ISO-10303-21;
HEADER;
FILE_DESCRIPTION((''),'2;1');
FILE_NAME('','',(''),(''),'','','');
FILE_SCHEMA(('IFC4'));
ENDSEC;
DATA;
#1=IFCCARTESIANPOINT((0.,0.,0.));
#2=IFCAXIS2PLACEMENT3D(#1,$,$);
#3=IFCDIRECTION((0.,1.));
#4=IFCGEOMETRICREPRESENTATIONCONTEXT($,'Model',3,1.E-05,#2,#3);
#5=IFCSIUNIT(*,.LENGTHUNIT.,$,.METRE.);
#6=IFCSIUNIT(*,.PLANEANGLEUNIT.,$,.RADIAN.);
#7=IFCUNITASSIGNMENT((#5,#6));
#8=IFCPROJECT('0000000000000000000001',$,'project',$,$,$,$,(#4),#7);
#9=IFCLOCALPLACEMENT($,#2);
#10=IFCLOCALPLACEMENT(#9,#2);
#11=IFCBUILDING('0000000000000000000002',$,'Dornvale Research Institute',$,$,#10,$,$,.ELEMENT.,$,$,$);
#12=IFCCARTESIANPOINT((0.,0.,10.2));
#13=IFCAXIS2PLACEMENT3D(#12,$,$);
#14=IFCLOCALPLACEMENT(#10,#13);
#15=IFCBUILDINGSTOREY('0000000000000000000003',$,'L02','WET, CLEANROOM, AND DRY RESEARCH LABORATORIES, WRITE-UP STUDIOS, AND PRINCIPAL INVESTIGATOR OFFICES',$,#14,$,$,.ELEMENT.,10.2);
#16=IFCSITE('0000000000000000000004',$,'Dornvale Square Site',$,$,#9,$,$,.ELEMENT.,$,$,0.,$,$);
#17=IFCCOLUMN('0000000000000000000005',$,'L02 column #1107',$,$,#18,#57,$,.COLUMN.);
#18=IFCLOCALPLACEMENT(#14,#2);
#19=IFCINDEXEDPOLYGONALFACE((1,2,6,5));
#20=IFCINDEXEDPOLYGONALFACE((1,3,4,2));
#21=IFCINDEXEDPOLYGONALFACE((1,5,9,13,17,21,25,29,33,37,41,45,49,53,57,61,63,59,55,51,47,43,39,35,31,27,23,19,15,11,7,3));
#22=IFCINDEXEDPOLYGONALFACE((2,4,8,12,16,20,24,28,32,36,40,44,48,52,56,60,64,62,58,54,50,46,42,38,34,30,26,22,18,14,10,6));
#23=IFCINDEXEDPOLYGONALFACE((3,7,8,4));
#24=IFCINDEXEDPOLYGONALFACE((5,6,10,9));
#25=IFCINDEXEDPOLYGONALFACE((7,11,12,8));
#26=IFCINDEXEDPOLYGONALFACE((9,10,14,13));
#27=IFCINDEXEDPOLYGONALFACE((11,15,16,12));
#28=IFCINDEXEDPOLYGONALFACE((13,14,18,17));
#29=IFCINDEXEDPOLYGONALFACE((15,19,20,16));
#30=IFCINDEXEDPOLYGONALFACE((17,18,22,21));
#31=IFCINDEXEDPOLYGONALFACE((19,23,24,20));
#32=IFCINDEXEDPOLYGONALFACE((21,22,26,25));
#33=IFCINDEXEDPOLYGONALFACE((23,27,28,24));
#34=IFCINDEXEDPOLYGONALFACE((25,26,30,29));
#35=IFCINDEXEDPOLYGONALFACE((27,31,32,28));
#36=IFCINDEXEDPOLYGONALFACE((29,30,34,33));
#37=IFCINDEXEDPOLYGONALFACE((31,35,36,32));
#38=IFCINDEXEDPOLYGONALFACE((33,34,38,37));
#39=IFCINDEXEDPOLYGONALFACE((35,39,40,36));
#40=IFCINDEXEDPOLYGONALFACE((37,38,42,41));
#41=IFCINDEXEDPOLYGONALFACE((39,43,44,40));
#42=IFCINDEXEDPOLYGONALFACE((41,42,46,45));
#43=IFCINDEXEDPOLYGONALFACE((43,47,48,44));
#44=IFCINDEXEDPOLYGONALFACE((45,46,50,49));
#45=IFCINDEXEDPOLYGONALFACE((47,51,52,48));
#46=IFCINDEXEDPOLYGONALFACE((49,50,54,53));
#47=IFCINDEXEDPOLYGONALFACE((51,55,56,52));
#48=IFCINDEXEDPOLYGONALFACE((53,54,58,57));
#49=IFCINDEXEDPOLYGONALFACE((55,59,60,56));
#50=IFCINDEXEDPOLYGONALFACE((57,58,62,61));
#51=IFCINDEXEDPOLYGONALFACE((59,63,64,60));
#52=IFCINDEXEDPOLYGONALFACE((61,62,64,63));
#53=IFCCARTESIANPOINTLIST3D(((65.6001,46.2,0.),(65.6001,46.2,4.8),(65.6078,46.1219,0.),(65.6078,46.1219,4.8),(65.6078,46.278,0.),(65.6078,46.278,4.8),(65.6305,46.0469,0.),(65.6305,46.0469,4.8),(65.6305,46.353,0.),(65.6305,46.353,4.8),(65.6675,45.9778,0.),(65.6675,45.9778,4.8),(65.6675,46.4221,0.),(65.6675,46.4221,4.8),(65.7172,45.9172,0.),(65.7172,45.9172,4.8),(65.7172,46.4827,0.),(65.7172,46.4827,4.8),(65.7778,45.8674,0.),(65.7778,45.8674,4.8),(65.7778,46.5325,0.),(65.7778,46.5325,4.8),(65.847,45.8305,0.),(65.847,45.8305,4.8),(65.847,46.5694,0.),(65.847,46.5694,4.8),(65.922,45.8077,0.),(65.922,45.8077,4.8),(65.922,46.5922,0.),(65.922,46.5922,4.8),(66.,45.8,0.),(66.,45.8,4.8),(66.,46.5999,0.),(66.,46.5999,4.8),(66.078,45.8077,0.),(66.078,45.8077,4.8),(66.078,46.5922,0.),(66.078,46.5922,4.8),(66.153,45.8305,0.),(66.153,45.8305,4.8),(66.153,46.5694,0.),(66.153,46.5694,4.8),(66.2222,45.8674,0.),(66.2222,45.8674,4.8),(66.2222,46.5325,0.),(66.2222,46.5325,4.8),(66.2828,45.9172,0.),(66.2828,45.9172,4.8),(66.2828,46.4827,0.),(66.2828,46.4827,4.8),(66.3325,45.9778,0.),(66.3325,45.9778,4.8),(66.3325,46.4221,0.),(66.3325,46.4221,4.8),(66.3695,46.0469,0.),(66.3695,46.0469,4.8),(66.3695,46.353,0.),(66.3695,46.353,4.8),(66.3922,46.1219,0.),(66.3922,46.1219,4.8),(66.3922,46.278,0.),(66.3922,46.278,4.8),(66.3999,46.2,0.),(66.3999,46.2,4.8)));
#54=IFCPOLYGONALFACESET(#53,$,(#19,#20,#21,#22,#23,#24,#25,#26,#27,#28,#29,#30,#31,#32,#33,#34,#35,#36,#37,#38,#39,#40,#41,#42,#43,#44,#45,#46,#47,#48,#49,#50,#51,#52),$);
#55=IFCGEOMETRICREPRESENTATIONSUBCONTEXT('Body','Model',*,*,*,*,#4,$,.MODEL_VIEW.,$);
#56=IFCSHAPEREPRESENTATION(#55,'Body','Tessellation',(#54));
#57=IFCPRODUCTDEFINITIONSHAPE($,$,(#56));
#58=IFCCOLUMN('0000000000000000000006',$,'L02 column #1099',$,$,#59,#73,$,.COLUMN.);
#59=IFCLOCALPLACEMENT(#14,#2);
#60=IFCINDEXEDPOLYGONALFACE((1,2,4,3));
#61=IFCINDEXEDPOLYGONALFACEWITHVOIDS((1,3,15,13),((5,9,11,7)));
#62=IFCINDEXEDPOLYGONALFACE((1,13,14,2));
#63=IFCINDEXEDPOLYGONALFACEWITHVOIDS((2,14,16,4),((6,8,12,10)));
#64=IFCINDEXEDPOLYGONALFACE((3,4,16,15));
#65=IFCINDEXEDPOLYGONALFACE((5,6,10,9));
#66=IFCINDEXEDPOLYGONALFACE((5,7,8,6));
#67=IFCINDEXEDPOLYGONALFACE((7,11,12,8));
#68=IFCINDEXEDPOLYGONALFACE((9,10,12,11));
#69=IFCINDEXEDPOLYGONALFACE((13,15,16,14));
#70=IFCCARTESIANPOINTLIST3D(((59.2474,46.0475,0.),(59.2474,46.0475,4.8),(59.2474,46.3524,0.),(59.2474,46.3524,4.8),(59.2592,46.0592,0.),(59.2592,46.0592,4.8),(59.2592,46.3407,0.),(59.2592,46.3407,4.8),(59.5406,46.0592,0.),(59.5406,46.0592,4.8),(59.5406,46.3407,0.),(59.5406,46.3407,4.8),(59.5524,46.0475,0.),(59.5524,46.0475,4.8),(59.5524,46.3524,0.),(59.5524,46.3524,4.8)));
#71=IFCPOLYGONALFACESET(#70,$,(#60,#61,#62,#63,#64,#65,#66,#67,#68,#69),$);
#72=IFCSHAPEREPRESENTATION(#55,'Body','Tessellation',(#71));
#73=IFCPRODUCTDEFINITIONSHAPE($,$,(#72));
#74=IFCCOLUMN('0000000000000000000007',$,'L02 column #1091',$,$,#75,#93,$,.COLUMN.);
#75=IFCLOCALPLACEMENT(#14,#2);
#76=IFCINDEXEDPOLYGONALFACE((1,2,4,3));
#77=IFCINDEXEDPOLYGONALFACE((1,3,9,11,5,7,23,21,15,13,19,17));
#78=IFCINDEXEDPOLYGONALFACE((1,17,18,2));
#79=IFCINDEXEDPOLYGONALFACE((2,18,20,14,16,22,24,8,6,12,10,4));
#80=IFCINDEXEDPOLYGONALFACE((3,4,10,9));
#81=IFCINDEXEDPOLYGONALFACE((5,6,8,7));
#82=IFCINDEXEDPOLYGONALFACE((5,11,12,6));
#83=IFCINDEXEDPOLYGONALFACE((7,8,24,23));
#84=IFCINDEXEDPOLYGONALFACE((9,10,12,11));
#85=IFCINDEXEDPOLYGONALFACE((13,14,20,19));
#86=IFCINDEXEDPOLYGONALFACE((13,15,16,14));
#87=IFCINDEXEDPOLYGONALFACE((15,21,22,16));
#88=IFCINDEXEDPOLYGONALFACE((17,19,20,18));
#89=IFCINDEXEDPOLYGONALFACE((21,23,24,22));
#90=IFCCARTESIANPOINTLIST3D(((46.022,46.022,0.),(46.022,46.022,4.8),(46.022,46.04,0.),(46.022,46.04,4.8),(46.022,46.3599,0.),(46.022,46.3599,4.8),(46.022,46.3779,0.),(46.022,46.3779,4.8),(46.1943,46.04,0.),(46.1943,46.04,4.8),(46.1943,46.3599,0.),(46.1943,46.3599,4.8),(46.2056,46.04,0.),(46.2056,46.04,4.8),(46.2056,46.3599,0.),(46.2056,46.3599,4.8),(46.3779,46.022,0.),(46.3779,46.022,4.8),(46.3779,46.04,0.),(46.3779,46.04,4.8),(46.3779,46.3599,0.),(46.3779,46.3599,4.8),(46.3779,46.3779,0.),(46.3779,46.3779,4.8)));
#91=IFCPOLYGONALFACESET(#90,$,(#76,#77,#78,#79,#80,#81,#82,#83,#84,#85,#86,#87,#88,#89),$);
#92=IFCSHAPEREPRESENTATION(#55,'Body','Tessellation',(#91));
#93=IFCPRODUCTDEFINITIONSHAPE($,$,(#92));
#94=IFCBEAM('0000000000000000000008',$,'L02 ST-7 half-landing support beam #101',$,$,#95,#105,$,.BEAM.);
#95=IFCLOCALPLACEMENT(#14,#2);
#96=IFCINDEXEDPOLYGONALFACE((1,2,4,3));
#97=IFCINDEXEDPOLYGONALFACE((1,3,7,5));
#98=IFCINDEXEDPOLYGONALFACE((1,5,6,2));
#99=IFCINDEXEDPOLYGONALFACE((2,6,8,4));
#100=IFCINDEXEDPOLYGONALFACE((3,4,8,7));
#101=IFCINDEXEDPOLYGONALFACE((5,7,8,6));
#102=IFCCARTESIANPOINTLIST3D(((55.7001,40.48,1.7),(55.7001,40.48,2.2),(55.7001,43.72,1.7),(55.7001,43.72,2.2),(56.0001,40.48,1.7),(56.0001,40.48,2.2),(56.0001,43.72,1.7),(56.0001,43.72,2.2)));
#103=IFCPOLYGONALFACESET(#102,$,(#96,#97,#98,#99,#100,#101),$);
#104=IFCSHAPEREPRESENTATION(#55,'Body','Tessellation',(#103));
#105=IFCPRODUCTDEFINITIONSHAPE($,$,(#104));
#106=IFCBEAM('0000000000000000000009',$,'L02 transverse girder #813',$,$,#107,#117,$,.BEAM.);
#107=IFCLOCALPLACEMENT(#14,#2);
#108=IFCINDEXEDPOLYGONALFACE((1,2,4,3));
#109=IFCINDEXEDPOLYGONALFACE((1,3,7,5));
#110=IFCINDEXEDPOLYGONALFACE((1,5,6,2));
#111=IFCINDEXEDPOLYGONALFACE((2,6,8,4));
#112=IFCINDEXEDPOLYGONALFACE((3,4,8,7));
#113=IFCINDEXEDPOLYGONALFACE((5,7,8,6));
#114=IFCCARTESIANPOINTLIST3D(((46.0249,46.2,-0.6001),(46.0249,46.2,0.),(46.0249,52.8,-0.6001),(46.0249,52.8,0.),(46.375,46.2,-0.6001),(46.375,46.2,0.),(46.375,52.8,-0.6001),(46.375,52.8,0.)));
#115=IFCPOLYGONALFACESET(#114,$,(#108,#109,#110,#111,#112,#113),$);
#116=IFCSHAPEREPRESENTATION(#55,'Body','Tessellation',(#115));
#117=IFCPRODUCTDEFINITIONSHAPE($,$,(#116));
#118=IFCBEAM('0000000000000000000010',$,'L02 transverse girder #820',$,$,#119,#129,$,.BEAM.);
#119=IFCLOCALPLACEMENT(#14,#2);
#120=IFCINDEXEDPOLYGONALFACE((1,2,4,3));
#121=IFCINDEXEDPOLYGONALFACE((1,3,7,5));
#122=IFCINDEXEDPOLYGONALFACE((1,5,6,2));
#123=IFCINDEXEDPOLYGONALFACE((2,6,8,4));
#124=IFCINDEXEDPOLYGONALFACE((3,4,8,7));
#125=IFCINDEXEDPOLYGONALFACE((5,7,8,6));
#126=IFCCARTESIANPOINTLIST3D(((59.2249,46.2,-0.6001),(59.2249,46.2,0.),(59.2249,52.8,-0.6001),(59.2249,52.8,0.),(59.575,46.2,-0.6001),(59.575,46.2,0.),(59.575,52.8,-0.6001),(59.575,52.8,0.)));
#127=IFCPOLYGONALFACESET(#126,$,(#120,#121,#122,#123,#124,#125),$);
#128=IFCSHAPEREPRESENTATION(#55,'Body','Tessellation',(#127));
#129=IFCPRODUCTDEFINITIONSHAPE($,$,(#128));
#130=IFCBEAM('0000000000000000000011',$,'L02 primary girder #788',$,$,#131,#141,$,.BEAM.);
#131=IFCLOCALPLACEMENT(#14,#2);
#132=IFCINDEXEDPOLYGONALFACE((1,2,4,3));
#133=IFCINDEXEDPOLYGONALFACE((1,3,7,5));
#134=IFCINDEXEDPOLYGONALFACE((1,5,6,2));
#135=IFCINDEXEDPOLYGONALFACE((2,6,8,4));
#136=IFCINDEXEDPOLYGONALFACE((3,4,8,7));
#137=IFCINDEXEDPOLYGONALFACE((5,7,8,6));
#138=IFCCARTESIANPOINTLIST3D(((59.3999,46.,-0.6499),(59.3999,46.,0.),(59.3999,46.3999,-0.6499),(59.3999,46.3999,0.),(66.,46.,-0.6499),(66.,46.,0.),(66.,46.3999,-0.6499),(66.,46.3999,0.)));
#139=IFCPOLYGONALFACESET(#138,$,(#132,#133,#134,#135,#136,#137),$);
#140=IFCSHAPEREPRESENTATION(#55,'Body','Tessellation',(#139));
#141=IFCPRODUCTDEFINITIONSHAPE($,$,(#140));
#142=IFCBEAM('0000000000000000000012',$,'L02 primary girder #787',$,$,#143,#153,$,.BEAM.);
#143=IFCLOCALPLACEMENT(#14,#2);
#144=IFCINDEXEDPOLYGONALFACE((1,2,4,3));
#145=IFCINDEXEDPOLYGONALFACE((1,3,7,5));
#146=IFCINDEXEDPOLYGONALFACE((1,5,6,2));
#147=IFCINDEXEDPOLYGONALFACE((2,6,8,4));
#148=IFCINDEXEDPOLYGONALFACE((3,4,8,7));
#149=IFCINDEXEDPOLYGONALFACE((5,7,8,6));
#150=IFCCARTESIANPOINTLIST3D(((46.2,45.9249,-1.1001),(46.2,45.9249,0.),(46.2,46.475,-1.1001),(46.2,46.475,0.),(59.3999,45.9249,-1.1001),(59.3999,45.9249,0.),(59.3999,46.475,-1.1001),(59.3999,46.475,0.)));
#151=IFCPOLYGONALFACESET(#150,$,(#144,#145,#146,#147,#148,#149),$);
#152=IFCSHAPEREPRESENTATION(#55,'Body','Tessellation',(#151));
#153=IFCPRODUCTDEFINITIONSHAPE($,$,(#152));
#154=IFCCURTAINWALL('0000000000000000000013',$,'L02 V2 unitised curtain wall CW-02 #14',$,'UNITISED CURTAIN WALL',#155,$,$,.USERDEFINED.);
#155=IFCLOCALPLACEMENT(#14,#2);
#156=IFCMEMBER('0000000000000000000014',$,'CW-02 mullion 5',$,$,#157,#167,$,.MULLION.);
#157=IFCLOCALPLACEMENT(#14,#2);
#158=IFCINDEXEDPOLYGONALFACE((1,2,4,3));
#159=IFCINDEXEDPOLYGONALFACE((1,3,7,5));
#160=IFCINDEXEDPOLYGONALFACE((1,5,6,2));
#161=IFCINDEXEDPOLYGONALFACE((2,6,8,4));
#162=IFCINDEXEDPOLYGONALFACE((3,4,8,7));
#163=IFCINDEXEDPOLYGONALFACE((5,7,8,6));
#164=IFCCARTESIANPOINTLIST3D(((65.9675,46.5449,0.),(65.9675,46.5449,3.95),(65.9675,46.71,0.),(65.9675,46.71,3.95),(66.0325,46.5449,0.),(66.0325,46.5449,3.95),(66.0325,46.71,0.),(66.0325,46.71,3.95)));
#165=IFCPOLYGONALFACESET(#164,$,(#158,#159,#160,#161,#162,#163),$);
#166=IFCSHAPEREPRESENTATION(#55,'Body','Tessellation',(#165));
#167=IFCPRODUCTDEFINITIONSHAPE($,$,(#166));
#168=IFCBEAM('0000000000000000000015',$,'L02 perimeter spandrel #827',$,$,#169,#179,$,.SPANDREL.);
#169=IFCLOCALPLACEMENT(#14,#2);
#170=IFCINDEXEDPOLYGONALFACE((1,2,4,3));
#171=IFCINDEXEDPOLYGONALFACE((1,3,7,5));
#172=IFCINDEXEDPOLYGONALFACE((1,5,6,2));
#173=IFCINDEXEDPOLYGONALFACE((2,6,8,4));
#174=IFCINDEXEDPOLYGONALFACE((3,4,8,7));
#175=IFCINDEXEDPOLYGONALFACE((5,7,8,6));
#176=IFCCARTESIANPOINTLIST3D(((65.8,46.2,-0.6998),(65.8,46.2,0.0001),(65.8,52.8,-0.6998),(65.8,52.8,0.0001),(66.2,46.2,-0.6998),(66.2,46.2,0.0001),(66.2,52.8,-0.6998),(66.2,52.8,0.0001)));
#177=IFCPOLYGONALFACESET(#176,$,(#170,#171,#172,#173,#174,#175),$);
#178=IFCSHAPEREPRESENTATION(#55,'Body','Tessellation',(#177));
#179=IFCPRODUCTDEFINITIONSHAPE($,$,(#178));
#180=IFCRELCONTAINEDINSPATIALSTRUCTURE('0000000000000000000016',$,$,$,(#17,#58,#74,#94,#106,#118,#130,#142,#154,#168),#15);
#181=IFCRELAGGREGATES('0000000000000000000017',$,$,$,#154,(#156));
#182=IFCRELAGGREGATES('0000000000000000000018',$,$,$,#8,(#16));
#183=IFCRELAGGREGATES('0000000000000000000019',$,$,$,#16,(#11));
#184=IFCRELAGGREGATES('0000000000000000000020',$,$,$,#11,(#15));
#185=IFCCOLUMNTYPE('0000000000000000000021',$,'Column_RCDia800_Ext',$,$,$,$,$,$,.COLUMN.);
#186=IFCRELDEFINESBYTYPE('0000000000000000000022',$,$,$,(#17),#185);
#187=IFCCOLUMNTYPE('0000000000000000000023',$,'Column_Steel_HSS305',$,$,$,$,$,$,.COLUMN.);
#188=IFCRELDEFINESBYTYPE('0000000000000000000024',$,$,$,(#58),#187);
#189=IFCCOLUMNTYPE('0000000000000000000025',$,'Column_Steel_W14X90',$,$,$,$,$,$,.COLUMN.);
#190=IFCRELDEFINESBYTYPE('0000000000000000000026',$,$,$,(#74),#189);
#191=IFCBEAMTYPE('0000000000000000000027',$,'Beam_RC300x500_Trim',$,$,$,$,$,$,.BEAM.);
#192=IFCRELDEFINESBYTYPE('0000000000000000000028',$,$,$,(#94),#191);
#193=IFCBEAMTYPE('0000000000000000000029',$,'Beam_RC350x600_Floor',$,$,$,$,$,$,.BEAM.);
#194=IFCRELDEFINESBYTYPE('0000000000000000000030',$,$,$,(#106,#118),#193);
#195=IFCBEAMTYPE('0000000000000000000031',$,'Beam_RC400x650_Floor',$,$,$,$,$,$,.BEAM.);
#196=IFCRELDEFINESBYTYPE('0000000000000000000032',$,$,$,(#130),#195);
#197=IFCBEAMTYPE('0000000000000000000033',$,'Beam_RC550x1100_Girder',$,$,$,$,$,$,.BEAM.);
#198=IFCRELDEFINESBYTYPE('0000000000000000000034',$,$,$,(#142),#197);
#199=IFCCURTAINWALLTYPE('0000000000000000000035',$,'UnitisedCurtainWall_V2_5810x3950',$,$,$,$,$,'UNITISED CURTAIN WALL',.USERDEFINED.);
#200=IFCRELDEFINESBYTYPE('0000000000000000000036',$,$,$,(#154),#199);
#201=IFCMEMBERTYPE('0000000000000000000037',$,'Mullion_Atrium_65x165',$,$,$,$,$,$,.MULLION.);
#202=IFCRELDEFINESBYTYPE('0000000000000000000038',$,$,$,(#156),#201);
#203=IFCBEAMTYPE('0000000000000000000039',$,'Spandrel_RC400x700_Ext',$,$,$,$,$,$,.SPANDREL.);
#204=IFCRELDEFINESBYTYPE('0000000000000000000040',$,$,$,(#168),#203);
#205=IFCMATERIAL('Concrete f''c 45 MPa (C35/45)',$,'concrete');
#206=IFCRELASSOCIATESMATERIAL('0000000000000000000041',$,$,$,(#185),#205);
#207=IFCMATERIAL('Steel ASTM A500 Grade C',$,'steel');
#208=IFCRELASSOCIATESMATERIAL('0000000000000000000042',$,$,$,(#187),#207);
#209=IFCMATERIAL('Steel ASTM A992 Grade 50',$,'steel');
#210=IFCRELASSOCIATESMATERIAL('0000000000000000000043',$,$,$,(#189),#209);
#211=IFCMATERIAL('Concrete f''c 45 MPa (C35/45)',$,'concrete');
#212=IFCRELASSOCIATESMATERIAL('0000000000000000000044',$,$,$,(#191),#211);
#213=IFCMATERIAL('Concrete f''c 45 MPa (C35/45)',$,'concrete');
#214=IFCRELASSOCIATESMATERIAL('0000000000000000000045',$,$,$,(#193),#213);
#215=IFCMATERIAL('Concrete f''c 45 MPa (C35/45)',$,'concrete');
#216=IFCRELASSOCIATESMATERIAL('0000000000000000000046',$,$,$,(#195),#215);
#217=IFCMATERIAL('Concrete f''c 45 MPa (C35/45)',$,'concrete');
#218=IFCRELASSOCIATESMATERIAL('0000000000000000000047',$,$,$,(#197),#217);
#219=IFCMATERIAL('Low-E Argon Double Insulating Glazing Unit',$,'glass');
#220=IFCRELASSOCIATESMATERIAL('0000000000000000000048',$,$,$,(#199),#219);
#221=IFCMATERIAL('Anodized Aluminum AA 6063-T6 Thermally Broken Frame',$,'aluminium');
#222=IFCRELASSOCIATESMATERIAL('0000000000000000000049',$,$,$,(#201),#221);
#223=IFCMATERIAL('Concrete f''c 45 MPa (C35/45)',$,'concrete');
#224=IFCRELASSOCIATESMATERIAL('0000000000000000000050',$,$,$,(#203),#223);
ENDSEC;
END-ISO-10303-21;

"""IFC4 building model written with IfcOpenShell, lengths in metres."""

from ifc_helpers import new_model, si_unit, direction, frame, origin, origin_2d, place, context, subcontext, project, spatial, rectangle, hollow_rectangle, circle, i_section, extrude, material, material_profile, profile_set, type_object, element, aggregate, save


model = new_model("IFC4")

# Units and contexts
model_context = context("Model", 3, precision=1e-05, world=origin(), true_north=direction((0.0, 1.0)))
body_context = subcontext(model_context, "Body", "Model", "MODEL_VIEW")
ifc_project = project(units=[si_unit("LENGTHUNIT", "METRE"), si_unit("PLANEANGLEUNIT", "RADIAN")], contexts=[model_context])

# Site, building, storey
site_placement = place(None, origin())
site = spatial("IfcSite", under=ifc_project, at=site_placement, Name="Dornvale Square Site", CompositionType="ELEMENT", RefElevation=0.0)
building_placement = place(site_placement, origin())
building = spatial("IfcBuilding", under=site, at=building_placement, Name="Dornvale Research Institute", CompositionType="ELEMENT")
storey_placement = place(building_placement, frame((0.0, 0.0, 10.2)))
storey = spatial("IfcBuildingStorey", under=building, at=storey_placement, Name="L02", Description="WET, CLEANROOM, AND DRY RESEARCH LABORATORIES, WRITE-UP STUDIOS, AND PRINCIPAL INVESTIGATOR OFFICES", CompositionType="ELEMENT", Elevation=10.2)

# Columns
ifc_material_1 = material(Name="Concrete f'c 45 MPa (C35/45)", Category="concrete")
ifc_material_profile_1 = material_profile(ifc_material_1, circle(Radius=0.3999, at=origin_2d()), Name="RC DIA 800")
ifc_profile_set_1 = profile_set([ifc_material_profile_1], Name="Concrete f'c 45 MPa (C35/45)")
column_type_1 = type_object("IfcColumnType", Name="Column_RCDia800_Ext", PredefinedType="COLUMN", material=ifc_profile_set_1)
column_1_placement = place(storey_placement, frame((66.0, 46.2, 0.0), z_axis=(0.0, 0.0, 1.0), x_axis=(1.0, 0.0, 0.0)))
element("IfcColumn", 1, at=column_1_placement, inside=storey, type_object=column_type_1, Name="L02 column #1107", PredefinedType="COLUMN", context=body_context, shape_type="SweptSolid", body=[
    extrude(circle(Radius=0.3999, at=origin_2d()), origin(), (0.0, 0.0, 1.0), 4.8),
])
ifc_material_2 = material(Name="Steel ASTM A500 Grade C", Category="steel")
ifc_material_profile_2 = material_profile(ifc_material_2, hollow_rectangle(XDim=0.3049, YDim=0.3049, WallThickness=0.0117, at=origin_2d()), Name="HSS305X305X12.7")
ifc_profile_set_2 = profile_set([ifc_material_profile_2], Name="Steel ASTM A500 Grade C")
column_type_2 = type_object("IfcColumnType", Name="Column_Steel_HSS305", PredefinedType="COLUMN", material=ifc_profile_set_2)
column_2_placement = place(storey_placement, frame((59.3999, 46.2, 0.0), z_axis=(0.0, 0.0, 1.0), x_axis=(1.0, 0.0, 0.0)))
element("IfcColumn", 2, at=column_2_placement, inside=storey, type_object=column_type_2, Name="L02 column #1099", PredefinedType="COLUMN", context=body_context, shape_type="SweptSolid", body=[
    extrude(hollow_rectangle(XDim=0.3049, YDim=0.3049, WallThickness=0.0117, at=origin_2d()), origin(), (0.0, 0.0, 1.0), 4.8),
])
ifc_material_3 = material(Name="Steel ASTM A992 Grade 50", Category="steel")
ifc_material_profile_3 = material_profile(ifc_material_3, i_section(OverallWidth=0.356, OverallDepth=0.356, WebThickness=0.0112, FlangeThickness=0.0181, at=origin_2d()), Name="W14X90")
ifc_profile_set_3 = profile_set([ifc_material_profile_3], Name="Steel ASTM A992 Grade 50")
column_type_3 = type_object("IfcColumnType", Name="Column_Steel_W14X90", PredefinedType="COLUMN", material=ifc_profile_set_3)
column_3_placement = place(storey_placement, frame((46.2, 46.2, 0.0), z_axis=(0.0, 0.0, 1.0), x_axis=(1.0, 0.0, 0.0)))
element("IfcColumn", 3, at=column_3_placement, inside=storey, type_object=column_type_3, Name="L02 column #1091", PredefinedType="COLUMN", context=body_context, shape_type="SweptSolid", body=[
    extrude(i_section(OverallWidth=0.356, OverallDepth=0.356, WebThickness=0.0112, FlangeThickness=0.0181, at=origin_2d()), origin(), (0.0, 0.0, 1.0), 4.8),
])

# Beams
ifc_material_4 = material(Name="Concrete f'c 45 MPa (C35/45)", Category="concrete")
ifc_material_profile_4 = material_profile(ifc_material_4, rectangle(XDim=0.3, YDim=0.5, at=origin_2d()), Name="RC 300x500")
ifc_profile_set_4 = profile_set([ifc_material_profile_4], Name="Concrete f'c 45 MPa (C35/45)")
beam_type_1 = type_object("IfcBeamType", Name="Beam_RC300x500_Trim", PredefinedType="BEAM", material=ifc_profile_set_4)
beam_1_placement = place(storey_placement, frame((55.8501, 40.48, 1.95), z_axis=(0.0, 1.0, 0.0), x_axis=(-1.0, 0.0, 0.0)))
element("IfcBeam", 4, at=beam_1_placement, inside=storey, type_object=beam_type_1, Name="L02 ST-7 half-landing support beam #101", PredefinedType="BEAM", context=body_context, shape_type="SweptSolid", body=[
    extrude(rectangle(XDim=0.3, YDim=0.5, at=origin_2d()), origin(), (0.0, 0.0, 1.0), 3.24),
])
ifc_material_5 = material(Name="Concrete f'c 45 MPa (C35/45)", Category="concrete")
ifc_material_profile_5 = material_profile(ifc_material_5, rectangle(XDim=0.3501, YDim=0.6001, at=origin_2d()), Name="RC 350x600")
ifc_profile_set_5 = profile_set([ifc_material_profile_5], Name="Concrete f'c 45 MPa (C35/45)")
beam_type_2 = type_object("IfcBeamType", Name="Beam_RC350x600_Floor", PredefinedType="BEAM", material=ifc_profile_set_5)
for number, where, z_axis, x_axis, name in (
    (5, (46.2, 46.2, -0.3), (0.0, 1.0, 0.0), (-1.0, 0.0, 0.0), "L02 transverse girder #813"),
    (6, (59.3999, 46.2, -0.3), (0.0, 1.0, 0.0), (-1.0, 0.0, 0.0), "L02 transverse girder #820"),
):
    element("IfcBeam", number, at=place(storey_placement, frame(where, z_axis=z_axis, x_axis=x_axis)), inside=storey, type_object=beam_type_2, Name=name, PredefinedType="BEAM", context=body_context, shape_type="SweptSolid", body=[
        extrude(rectangle(XDim=0.3501, YDim=0.6001, at=origin_2d()), origin(), (0.0, 0.0, 1.0), 6.6001),
    ])
ifc_material_6 = material(Name="Concrete f'c 45 MPa (C35/45)", Category="concrete")
ifc_material_profile_6 = material_profile(ifc_material_6, rectangle(XDim=0.3999, YDim=0.6499, at=origin_2d()), Name="RC 400x650")
ifc_profile_set_6 = profile_set([ifc_material_profile_6], Name="Concrete f'c 45 MPa (C35/45)")
beam_type_3 = type_object("IfcBeamType", Name="Beam_RC400x650_Floor", PredefinedType="BEAM", material=ifc_profile_set_6)
beam_2_placement = place(storey_placement, frame((59.3999, 46.2, -0.325), z_axis=(1.0, 0.0, 0.0), x_axis=(0.0, 1.0, 0.0)))
element("IfcBeam", 7, at=beam_2_placement, inside=storey, type_object=beam_type_3, Name="L02 primary girder #788", PredefinedType="BEAM", context=body_context, shape_type="SweptSolid", body=[
    extrude(rectangle(XDim=0.3999, YDim=0.6499, at=origin_2d()), origin(), (0.0, 0.0, 1.0), 6.6001),
])
ifc_material_7 = material(Name="Concrete f'c 45 MPa (C35/45)", Category="concrete")
ifc_material_profile_7 = material_profile(ifc_material_7, rectangle(XDim=0.55, YDim=1.1001, at=origin_2d()), Name="RC 550x1100")
ifc_profile_set_7 = profile_set([ifc_material_profile_7], Name="Concrete f'c 45 MPa (C35/45)")
beam_type_4 = type_object("IfcBeamType", Name="Beam_RC550x1100_Girder", PredefinedType="BEAM", material=ifc_profile_set_7)
beam_3_placement = place(storey_placement, frame((46.2, 46.2, -0.55), z_axis=(1.0, 0.0, 0.0), x_axis=(0.0, 1.0, 0.0)))
element("IfcBeam", 8, at=beam_3_placement, inside=storey, type_object=beam_type_4, Name="L02 primary girder #787", PredefinedType="BEAM", context=body_context, shape_type="SweptSolid", body=[
    extrude(rectangle(XDim=0.55, YDim=1.1001, at=origin_2d()), origin(), (0.0, 0.0, 1.0), 13.2),
])

# Curtain wall, member
ifc_material_8 = material(Name="Low-E Argon Double Insulating Glazing Unit", Category="glass")
curtain_wall_type = type_object("IfcCurtainWallType", Name="UnitisedCurtainWall_V2_5810x3950", ElementType="UNITISED CURTAIN WALL", PredefinedType="USERDEFINED", material=ifc_material_8)
curtain_wall_placement = place(storey_placement, origin())
curtain_wall = element("IfcCurtainWall", 9, at=curtain_wall_placement, inside=storey, type_object=curtain_wall_type, Name="L02 V2 unitised curtain wall CW-02 #14", ObjectType="UNITISED CURTAIN WALL", PredefinedType="USERDEFINED")
ifc_material_9 = material(Name="Anodized Aluminum AA 6063-T6 Thermally Broken Frame", Category="aluminium")
ifc_material_profile_8 = material_profile(ifc_material_9, rectangle(XDim=0.0649, YDim=0.165, at=origin_2d()), Name="ALU MULLION 65x165")
ifc_profile_set_8 = profile_set([ifc_material_profile_8], Name="Anodized Aluminum AA 6063-T6 Thermally Broken Frame")
member_type = type_object("IfcMemberType", Name="Mullion_Atrium_65x165", PredefinedType="MULLION", material=ifc_profile_set_8)
member_placement = place(storey_placement, frame((66.0, 46.6274, 0.0), z_axis=(0.0, 0.0, 1.0), x_axis=(1.0, 0.0, 0.0)))
member = element("IfcMember", 10, at=member_placement, type_object=member_type, Name="CW-02 mullion 5", PredefinedType="MULLION", context=body_context, shape_type="SweptSolid", body=[
    extrude(rectangle(XDim=0.0649, YDim=0.165, at=origin_2d()), origin(), (0.0, 0.0, 1.0), 3.95),
])
aggregate(curtain_wall, [member])

# Beam
ifc_material_10 = material(Name="Concrete f'c 45 MPa (C35/45)", Category="concrete")
ifc_material_profile_9 = material_profile(ifc_material_10, rectangle(XDim=0.3999, YDim=0.7, at=origin_2d()), Name="RC 400x700")
ifc_profile_set_9 = profile_set([ifc_material_profile_9], Name="Concrete f'c 45 MPa (C35/45)")
beam_type_5 = type_object("IfcBeamType", Name="Spandrel_RC400x700_Ext", PredefinedType="SPANDREL", material=ifc_profile_set_9)
beam_4_placement = place(storey_placement, frame((66.0, 46.2, -0.3499), z_axis=(0.0, 1.0, 0.0), x_axis=(-1.0, 0.0, 0.0)))
element("IfcBeam", 11, at=beam_4_placement, inside=storey, type_object=beam_type_5, Name="L02 perimeter spandrel #827", PredefinedType="SPANDREL", context=body_context, shape_type="SweptSolid", body=[
    extrude(rectangle(XDim=0.3999, YDim=0.7, at=origin_2d()), origin(), (0.0, 0.0, 1.0), 6.6001),
])

save(model, "model.ifc")
